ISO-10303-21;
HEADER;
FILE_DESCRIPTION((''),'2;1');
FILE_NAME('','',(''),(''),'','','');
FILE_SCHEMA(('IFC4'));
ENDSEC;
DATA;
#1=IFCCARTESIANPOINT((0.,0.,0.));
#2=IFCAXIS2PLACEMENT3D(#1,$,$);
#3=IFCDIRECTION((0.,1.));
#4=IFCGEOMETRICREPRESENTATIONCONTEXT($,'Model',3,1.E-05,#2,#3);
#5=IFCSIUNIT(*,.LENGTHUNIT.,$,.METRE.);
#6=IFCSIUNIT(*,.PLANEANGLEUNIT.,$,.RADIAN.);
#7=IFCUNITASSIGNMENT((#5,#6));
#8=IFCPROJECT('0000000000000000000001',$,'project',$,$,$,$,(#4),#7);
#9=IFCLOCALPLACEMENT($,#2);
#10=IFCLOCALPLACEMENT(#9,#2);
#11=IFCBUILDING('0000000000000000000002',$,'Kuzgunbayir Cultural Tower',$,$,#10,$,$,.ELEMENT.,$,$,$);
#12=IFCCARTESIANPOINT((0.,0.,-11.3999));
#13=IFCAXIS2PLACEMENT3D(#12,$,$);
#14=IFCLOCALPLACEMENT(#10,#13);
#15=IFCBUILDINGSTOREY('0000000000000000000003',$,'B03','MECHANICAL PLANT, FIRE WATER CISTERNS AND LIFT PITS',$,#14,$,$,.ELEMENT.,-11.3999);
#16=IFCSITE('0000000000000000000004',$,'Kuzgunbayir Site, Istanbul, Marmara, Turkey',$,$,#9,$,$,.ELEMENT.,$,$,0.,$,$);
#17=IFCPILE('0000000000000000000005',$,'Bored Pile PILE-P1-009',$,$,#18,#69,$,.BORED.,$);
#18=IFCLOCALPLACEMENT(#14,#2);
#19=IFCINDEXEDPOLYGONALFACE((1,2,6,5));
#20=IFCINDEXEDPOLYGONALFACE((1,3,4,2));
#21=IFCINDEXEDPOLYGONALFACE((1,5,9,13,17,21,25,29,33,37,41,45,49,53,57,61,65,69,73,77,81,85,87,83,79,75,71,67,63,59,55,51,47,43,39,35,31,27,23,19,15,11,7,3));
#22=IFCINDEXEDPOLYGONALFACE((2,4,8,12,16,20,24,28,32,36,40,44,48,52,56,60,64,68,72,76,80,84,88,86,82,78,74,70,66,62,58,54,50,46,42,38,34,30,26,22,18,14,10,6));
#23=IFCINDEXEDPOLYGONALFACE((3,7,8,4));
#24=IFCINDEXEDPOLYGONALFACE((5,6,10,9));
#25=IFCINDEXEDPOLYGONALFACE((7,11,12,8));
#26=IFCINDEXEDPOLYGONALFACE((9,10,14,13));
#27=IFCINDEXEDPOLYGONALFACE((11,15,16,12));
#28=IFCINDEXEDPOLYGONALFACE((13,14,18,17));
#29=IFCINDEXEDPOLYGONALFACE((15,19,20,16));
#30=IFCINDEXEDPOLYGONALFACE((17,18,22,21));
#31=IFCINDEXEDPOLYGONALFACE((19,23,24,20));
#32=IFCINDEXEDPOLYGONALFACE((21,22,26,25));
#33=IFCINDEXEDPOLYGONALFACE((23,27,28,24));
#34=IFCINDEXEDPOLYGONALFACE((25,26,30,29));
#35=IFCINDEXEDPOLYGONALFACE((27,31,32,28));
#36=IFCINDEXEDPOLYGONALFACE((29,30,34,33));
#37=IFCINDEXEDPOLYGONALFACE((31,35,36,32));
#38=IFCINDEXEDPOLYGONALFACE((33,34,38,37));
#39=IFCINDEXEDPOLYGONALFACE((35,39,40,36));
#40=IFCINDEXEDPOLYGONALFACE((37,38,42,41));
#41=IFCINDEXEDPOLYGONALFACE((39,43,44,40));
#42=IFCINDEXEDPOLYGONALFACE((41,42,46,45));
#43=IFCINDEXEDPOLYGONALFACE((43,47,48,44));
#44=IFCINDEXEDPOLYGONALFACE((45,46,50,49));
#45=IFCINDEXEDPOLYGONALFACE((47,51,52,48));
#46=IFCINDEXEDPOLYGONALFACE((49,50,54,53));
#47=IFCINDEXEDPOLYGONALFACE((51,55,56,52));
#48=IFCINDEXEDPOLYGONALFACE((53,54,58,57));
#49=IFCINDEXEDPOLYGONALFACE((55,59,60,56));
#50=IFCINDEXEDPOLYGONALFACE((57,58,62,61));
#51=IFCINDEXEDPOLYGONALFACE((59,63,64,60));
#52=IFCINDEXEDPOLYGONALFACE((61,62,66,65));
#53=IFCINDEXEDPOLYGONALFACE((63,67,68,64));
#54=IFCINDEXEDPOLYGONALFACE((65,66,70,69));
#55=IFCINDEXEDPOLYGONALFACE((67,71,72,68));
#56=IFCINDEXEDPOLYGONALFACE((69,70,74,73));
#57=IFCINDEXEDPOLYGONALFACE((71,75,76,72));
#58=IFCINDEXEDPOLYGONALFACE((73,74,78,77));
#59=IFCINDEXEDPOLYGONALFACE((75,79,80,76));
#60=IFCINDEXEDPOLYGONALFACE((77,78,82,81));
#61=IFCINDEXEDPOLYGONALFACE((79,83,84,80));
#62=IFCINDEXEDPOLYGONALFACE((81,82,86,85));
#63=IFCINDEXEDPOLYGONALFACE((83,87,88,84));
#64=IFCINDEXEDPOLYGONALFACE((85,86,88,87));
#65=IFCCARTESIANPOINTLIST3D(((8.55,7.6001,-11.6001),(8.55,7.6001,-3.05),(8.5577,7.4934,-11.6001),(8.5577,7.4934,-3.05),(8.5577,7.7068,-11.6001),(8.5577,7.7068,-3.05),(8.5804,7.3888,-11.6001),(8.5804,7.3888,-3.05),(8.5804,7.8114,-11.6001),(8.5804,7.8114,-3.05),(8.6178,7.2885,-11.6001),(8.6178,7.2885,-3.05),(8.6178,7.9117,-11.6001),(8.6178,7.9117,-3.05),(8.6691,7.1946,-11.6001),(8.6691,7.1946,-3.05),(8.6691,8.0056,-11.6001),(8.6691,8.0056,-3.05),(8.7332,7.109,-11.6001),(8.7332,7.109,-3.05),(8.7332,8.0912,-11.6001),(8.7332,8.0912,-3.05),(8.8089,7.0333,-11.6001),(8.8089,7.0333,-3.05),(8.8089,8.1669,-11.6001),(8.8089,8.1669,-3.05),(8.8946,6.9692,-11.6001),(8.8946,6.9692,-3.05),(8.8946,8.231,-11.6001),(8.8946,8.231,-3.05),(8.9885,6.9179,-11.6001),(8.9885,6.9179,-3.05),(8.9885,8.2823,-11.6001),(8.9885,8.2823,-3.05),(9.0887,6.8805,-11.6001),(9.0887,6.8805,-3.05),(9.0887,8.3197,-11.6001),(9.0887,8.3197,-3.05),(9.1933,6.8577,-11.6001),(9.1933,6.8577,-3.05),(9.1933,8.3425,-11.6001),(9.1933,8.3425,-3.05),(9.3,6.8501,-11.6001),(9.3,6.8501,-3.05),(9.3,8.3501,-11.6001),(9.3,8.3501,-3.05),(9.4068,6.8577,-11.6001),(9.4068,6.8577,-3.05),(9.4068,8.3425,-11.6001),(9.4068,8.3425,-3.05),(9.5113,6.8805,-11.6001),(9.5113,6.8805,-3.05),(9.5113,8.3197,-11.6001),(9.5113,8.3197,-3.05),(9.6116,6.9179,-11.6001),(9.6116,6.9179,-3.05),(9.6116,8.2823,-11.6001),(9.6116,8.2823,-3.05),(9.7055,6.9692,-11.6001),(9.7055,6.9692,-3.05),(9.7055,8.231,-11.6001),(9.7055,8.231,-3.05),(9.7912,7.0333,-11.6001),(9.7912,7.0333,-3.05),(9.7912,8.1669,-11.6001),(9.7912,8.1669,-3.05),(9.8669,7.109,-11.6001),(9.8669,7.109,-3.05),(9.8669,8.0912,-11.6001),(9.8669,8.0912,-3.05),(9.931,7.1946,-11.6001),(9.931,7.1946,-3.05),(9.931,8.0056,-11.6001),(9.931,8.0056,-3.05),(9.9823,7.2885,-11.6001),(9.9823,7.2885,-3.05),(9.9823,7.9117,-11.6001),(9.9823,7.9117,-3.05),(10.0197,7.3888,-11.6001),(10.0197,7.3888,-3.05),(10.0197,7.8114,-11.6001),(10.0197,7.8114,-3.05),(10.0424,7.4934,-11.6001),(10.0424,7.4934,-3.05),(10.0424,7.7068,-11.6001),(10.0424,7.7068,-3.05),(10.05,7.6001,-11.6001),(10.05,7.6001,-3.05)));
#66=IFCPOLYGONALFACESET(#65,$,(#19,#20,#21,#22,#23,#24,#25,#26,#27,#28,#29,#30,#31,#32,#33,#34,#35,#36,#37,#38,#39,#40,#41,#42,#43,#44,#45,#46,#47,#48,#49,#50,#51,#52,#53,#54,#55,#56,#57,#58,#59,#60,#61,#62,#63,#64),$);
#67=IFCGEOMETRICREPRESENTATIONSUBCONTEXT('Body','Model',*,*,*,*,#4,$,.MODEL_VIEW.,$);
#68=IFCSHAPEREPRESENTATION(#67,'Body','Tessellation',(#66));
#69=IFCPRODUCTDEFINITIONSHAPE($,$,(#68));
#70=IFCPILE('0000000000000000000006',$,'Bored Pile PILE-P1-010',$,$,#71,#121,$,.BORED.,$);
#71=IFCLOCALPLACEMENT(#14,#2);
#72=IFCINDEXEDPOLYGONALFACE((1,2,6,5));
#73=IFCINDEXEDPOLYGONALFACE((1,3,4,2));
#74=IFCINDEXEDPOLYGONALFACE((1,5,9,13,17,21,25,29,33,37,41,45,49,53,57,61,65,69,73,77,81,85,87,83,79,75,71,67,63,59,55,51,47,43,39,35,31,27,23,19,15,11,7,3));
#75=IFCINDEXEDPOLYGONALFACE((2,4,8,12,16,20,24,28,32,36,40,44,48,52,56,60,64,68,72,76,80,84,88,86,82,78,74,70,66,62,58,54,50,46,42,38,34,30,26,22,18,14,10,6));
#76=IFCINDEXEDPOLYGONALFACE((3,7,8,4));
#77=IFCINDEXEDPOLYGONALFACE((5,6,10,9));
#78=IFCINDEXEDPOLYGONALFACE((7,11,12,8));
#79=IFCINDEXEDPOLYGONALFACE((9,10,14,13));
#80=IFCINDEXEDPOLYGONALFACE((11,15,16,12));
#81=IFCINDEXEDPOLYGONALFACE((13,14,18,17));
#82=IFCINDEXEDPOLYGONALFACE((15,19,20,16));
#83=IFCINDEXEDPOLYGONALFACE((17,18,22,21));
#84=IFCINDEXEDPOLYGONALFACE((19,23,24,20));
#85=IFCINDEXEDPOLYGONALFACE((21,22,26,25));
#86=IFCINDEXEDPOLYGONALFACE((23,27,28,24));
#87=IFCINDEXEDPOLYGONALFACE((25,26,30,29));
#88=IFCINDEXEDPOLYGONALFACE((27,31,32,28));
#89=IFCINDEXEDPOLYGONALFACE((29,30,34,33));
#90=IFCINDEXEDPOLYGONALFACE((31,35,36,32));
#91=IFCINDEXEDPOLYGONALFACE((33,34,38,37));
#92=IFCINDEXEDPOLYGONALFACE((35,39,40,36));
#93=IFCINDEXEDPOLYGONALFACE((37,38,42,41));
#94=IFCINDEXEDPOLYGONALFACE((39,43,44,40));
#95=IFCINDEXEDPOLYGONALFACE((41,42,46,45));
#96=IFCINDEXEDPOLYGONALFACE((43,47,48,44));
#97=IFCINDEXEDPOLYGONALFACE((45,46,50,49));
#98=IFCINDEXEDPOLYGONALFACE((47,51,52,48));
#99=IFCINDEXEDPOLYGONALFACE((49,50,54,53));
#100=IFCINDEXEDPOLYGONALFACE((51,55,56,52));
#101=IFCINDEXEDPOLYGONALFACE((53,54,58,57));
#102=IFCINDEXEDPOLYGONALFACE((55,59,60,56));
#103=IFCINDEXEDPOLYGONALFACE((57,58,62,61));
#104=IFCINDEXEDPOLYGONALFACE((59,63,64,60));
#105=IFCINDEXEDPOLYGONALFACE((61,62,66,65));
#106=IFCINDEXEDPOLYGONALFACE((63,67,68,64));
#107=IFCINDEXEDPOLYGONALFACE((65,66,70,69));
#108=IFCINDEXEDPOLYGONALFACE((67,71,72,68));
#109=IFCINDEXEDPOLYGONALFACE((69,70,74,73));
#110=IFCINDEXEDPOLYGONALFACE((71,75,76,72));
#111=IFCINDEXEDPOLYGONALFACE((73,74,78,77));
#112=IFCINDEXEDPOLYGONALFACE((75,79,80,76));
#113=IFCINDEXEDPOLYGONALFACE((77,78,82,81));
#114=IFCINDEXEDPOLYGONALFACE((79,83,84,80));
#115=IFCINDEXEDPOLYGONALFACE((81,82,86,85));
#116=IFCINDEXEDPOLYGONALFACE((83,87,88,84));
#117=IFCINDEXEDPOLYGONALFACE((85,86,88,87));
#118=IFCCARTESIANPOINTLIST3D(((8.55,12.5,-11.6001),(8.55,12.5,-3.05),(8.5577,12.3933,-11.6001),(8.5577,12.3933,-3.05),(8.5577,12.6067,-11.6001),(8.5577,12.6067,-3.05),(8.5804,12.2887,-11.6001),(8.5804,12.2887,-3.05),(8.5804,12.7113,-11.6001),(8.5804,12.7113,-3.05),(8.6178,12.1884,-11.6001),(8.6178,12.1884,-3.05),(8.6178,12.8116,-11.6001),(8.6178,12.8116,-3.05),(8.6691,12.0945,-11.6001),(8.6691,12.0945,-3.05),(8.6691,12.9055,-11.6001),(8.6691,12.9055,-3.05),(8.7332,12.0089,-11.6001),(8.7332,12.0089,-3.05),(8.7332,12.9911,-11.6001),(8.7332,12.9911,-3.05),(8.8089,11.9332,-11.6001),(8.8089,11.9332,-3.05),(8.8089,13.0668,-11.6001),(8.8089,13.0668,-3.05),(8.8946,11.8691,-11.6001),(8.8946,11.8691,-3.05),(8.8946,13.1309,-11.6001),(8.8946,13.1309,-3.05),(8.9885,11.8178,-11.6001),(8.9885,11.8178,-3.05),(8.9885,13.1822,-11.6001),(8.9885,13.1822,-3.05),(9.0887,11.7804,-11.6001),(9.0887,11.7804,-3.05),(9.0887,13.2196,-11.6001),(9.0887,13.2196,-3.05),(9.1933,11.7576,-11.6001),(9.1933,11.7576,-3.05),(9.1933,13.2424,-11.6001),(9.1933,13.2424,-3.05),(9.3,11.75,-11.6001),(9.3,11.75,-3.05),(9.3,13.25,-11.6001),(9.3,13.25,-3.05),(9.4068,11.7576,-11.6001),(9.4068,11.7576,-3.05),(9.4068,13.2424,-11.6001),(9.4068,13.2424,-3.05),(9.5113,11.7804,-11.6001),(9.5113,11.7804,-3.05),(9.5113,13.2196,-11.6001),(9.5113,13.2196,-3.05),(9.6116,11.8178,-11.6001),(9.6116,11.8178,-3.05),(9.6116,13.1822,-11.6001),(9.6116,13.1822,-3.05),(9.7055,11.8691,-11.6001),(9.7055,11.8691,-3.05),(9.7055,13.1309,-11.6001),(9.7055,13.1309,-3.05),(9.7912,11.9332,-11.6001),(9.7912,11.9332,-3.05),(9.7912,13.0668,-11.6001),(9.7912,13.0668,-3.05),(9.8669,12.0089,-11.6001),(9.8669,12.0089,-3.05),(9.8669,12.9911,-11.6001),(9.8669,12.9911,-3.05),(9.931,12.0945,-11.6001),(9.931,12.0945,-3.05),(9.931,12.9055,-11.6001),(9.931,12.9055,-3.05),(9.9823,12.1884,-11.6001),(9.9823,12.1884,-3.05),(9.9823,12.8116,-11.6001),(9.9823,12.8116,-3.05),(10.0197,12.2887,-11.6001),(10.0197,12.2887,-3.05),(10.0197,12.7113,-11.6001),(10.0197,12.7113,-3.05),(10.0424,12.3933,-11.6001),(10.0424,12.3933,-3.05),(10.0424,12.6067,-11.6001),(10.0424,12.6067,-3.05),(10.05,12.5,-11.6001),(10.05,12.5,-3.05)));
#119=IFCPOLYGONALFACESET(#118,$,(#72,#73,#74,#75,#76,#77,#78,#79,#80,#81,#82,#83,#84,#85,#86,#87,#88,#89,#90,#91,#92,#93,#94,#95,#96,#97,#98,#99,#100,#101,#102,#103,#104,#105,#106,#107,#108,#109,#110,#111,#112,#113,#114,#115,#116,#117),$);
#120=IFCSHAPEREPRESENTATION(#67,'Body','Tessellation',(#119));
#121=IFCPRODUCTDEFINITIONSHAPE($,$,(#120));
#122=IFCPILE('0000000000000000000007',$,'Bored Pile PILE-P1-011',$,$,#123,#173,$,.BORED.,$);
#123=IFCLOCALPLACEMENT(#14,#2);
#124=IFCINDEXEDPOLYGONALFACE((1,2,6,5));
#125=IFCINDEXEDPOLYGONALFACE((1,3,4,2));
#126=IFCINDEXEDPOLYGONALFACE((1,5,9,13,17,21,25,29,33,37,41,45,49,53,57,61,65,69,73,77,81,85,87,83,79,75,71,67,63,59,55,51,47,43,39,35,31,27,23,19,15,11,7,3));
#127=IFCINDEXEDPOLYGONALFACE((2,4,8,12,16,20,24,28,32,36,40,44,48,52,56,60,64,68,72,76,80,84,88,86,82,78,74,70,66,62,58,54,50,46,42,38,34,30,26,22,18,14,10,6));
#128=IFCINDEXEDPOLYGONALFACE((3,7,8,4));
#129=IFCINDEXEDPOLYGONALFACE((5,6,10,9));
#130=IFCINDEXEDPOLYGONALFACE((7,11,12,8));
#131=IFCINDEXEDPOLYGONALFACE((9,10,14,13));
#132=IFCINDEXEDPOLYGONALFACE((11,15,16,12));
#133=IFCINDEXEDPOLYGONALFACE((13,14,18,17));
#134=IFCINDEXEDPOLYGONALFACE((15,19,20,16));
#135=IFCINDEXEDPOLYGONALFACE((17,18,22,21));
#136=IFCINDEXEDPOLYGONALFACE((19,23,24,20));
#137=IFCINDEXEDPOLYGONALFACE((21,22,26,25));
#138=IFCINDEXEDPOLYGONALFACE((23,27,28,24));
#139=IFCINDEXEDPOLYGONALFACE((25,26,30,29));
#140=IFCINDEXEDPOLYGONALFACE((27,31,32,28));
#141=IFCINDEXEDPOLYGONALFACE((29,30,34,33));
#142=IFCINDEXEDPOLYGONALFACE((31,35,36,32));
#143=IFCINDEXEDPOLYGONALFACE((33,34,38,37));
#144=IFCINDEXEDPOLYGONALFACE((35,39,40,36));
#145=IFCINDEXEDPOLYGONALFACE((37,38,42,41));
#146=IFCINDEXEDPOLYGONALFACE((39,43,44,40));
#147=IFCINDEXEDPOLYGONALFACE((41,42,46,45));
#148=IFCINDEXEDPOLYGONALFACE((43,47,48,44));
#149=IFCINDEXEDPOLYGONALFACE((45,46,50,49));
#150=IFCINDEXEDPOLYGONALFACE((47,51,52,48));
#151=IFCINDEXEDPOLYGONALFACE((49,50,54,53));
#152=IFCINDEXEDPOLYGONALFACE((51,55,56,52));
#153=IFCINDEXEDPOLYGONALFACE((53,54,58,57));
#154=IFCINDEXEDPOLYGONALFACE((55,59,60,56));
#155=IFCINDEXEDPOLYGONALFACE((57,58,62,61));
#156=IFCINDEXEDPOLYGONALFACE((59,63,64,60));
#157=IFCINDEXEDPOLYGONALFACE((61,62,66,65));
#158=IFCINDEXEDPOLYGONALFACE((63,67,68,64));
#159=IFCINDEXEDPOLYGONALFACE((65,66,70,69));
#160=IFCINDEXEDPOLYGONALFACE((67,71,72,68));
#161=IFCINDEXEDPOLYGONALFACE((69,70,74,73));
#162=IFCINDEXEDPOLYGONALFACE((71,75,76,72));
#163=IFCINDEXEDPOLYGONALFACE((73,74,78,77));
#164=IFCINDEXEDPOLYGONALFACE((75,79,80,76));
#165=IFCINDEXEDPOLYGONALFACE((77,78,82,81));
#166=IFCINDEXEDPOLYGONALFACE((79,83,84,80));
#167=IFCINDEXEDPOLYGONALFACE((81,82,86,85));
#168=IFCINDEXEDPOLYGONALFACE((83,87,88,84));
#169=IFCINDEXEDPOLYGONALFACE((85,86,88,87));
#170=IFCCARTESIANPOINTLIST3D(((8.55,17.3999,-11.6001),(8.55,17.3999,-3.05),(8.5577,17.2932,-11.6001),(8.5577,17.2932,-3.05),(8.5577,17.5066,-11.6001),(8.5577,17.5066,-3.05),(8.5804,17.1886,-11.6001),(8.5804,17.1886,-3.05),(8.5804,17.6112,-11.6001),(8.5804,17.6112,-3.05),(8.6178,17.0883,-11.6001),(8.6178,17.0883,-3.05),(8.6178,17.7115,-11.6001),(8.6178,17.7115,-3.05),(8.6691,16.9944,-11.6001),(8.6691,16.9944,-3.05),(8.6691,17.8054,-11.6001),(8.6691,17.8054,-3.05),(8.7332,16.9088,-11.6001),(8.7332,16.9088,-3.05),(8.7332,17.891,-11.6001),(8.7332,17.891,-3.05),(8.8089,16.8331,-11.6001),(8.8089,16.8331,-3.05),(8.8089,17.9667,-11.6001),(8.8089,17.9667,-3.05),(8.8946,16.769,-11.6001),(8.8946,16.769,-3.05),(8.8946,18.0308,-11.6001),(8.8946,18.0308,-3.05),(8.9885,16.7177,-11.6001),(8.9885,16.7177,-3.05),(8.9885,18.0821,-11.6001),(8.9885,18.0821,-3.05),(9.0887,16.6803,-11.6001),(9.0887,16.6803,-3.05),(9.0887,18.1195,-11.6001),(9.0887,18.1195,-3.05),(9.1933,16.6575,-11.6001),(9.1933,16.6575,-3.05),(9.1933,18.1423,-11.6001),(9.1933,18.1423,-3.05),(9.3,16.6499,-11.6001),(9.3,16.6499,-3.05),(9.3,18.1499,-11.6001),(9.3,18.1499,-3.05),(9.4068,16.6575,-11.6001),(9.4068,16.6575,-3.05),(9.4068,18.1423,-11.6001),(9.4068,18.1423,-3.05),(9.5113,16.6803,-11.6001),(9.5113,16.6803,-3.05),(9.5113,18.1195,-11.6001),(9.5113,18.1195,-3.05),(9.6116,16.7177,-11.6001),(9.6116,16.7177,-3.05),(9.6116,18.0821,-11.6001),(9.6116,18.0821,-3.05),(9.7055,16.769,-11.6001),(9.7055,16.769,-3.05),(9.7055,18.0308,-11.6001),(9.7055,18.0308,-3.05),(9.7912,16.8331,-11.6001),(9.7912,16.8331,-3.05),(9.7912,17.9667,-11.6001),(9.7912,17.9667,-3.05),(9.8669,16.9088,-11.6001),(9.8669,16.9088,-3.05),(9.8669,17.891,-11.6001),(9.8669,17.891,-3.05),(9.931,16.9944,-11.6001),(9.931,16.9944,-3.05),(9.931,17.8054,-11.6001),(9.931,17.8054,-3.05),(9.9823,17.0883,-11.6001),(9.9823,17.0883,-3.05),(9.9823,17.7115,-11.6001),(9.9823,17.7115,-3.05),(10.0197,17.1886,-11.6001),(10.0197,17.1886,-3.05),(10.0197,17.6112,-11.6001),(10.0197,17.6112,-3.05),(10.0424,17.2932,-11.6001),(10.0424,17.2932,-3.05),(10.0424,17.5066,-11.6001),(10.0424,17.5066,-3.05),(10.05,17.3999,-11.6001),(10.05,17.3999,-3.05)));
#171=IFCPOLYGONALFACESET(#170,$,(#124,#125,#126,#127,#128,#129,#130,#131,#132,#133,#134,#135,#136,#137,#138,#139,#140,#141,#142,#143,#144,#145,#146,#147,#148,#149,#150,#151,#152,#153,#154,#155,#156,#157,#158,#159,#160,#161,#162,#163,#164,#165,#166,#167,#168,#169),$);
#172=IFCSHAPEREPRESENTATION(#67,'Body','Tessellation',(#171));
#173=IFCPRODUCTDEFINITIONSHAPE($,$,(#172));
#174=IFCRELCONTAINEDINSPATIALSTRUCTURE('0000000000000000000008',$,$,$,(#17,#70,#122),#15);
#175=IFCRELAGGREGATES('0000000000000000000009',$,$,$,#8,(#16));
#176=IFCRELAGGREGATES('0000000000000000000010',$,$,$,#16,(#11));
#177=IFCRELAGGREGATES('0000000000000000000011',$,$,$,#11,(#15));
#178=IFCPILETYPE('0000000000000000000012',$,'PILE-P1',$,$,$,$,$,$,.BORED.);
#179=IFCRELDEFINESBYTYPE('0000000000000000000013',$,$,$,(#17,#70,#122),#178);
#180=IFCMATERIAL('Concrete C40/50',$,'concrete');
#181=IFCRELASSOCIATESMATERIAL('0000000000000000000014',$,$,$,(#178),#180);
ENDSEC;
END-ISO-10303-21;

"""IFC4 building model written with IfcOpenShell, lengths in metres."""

from ifc_helpers import new_model, si_unit, direction, frame, origin, origin_2d, place, context, subcontext, project, spatial, circle, extrude, material, material_profile, profile_set, type_object, element, save


model = new_model("IFC4")

# Units and contexts
model_context = context("Model", 3, precision=1e-05, world=origin(), true_north=direction((0.0, 1.0)))
body_context = subcontext(model_context, "Body", "Model", "MODEL_VIEW")
ifc_project = project(units=[si_unit("LENGTHUNIT", "METRE"), si_unit("PLANEANGLEUNIT", "RADIAN")], contexts=[model_context])

# Site, building, storey
site_placement = place(None, origin())
site = spatial("IfcSite", under=ifc_project, at=site_placement, Name="Kuzgunbayir Site, Istanbul, Marmara, Turkey", CompositionType="ELEMENT", RefElevation=0.0)
building_placement = place(site_placement, origin())
building = spatial("IfcBuilding", under=site, at=building_placement, Name="Kuzgunbayir Cultural Tower", CompositionType="ELEMENT")
storey_placement = place(building_placement, frame((0.0, 0.0, -11.3999)))
storey = spatial("IfcBuildingStorey", under=building, at=storey_placement, Name="B03", Description="MECHANICAL PLANT, FIRE WATER CISTERNS AND LIFT PITS", CompositionType="ELEMENT", Elevation=-11.3999)

# Shared definitions
ifc_material_1 = material(Name="Concrete C40/50", Category="concrete")

# Piles
ifc_material_profile_1 = material_profile(ifc_material_1, circle(Radius=0.75, at=origin_2d()), Name="BORED PILE 1500")
ifc_profile_set_1 = profile_set([ifc_material_profile_1], Name="Concrete C40/50")
pile_type_1 = type_object("IfcPileType", Name="PILE-P1", PredefinedType="BORED", material=ifc_profile_set_1)
for number, where, z_axis, x_axis, name in (
    (1, (9.3, 7.6001, -3.05), (0.0, 0.0, -1.0), (1.0, 0.0, 0.0), "Bored Pile PILE-P1-009"),
    (2, (9.3, 12.5, -3.05), (0.0, 0.0, -1.0), (1.0, 0.0, 0.0), "Bored Pile PILE-P1-010"),
    (3, (9.3, 17.3999, -3.05), (0.0, 0.0, -1.0), (1.0, 0.0, 0.0), "Bored Pile PILE-P1-011"),
):
    element("IfcPile", number, at=place(storey_placement, frame(where, z_axis=z_axis, x_axis=x_axis)), inside=storey, type_object=pile_type_1, Name=name, PredefinedType="BORED", context=body_context, shape_type="SweptSolid", body=[
        extrude(circle(Radius=0.75, at=origin_2d()), origin(), (0.0, 0.0, 1.0), 8.55),
    ])

save(model, "model.ifc")
